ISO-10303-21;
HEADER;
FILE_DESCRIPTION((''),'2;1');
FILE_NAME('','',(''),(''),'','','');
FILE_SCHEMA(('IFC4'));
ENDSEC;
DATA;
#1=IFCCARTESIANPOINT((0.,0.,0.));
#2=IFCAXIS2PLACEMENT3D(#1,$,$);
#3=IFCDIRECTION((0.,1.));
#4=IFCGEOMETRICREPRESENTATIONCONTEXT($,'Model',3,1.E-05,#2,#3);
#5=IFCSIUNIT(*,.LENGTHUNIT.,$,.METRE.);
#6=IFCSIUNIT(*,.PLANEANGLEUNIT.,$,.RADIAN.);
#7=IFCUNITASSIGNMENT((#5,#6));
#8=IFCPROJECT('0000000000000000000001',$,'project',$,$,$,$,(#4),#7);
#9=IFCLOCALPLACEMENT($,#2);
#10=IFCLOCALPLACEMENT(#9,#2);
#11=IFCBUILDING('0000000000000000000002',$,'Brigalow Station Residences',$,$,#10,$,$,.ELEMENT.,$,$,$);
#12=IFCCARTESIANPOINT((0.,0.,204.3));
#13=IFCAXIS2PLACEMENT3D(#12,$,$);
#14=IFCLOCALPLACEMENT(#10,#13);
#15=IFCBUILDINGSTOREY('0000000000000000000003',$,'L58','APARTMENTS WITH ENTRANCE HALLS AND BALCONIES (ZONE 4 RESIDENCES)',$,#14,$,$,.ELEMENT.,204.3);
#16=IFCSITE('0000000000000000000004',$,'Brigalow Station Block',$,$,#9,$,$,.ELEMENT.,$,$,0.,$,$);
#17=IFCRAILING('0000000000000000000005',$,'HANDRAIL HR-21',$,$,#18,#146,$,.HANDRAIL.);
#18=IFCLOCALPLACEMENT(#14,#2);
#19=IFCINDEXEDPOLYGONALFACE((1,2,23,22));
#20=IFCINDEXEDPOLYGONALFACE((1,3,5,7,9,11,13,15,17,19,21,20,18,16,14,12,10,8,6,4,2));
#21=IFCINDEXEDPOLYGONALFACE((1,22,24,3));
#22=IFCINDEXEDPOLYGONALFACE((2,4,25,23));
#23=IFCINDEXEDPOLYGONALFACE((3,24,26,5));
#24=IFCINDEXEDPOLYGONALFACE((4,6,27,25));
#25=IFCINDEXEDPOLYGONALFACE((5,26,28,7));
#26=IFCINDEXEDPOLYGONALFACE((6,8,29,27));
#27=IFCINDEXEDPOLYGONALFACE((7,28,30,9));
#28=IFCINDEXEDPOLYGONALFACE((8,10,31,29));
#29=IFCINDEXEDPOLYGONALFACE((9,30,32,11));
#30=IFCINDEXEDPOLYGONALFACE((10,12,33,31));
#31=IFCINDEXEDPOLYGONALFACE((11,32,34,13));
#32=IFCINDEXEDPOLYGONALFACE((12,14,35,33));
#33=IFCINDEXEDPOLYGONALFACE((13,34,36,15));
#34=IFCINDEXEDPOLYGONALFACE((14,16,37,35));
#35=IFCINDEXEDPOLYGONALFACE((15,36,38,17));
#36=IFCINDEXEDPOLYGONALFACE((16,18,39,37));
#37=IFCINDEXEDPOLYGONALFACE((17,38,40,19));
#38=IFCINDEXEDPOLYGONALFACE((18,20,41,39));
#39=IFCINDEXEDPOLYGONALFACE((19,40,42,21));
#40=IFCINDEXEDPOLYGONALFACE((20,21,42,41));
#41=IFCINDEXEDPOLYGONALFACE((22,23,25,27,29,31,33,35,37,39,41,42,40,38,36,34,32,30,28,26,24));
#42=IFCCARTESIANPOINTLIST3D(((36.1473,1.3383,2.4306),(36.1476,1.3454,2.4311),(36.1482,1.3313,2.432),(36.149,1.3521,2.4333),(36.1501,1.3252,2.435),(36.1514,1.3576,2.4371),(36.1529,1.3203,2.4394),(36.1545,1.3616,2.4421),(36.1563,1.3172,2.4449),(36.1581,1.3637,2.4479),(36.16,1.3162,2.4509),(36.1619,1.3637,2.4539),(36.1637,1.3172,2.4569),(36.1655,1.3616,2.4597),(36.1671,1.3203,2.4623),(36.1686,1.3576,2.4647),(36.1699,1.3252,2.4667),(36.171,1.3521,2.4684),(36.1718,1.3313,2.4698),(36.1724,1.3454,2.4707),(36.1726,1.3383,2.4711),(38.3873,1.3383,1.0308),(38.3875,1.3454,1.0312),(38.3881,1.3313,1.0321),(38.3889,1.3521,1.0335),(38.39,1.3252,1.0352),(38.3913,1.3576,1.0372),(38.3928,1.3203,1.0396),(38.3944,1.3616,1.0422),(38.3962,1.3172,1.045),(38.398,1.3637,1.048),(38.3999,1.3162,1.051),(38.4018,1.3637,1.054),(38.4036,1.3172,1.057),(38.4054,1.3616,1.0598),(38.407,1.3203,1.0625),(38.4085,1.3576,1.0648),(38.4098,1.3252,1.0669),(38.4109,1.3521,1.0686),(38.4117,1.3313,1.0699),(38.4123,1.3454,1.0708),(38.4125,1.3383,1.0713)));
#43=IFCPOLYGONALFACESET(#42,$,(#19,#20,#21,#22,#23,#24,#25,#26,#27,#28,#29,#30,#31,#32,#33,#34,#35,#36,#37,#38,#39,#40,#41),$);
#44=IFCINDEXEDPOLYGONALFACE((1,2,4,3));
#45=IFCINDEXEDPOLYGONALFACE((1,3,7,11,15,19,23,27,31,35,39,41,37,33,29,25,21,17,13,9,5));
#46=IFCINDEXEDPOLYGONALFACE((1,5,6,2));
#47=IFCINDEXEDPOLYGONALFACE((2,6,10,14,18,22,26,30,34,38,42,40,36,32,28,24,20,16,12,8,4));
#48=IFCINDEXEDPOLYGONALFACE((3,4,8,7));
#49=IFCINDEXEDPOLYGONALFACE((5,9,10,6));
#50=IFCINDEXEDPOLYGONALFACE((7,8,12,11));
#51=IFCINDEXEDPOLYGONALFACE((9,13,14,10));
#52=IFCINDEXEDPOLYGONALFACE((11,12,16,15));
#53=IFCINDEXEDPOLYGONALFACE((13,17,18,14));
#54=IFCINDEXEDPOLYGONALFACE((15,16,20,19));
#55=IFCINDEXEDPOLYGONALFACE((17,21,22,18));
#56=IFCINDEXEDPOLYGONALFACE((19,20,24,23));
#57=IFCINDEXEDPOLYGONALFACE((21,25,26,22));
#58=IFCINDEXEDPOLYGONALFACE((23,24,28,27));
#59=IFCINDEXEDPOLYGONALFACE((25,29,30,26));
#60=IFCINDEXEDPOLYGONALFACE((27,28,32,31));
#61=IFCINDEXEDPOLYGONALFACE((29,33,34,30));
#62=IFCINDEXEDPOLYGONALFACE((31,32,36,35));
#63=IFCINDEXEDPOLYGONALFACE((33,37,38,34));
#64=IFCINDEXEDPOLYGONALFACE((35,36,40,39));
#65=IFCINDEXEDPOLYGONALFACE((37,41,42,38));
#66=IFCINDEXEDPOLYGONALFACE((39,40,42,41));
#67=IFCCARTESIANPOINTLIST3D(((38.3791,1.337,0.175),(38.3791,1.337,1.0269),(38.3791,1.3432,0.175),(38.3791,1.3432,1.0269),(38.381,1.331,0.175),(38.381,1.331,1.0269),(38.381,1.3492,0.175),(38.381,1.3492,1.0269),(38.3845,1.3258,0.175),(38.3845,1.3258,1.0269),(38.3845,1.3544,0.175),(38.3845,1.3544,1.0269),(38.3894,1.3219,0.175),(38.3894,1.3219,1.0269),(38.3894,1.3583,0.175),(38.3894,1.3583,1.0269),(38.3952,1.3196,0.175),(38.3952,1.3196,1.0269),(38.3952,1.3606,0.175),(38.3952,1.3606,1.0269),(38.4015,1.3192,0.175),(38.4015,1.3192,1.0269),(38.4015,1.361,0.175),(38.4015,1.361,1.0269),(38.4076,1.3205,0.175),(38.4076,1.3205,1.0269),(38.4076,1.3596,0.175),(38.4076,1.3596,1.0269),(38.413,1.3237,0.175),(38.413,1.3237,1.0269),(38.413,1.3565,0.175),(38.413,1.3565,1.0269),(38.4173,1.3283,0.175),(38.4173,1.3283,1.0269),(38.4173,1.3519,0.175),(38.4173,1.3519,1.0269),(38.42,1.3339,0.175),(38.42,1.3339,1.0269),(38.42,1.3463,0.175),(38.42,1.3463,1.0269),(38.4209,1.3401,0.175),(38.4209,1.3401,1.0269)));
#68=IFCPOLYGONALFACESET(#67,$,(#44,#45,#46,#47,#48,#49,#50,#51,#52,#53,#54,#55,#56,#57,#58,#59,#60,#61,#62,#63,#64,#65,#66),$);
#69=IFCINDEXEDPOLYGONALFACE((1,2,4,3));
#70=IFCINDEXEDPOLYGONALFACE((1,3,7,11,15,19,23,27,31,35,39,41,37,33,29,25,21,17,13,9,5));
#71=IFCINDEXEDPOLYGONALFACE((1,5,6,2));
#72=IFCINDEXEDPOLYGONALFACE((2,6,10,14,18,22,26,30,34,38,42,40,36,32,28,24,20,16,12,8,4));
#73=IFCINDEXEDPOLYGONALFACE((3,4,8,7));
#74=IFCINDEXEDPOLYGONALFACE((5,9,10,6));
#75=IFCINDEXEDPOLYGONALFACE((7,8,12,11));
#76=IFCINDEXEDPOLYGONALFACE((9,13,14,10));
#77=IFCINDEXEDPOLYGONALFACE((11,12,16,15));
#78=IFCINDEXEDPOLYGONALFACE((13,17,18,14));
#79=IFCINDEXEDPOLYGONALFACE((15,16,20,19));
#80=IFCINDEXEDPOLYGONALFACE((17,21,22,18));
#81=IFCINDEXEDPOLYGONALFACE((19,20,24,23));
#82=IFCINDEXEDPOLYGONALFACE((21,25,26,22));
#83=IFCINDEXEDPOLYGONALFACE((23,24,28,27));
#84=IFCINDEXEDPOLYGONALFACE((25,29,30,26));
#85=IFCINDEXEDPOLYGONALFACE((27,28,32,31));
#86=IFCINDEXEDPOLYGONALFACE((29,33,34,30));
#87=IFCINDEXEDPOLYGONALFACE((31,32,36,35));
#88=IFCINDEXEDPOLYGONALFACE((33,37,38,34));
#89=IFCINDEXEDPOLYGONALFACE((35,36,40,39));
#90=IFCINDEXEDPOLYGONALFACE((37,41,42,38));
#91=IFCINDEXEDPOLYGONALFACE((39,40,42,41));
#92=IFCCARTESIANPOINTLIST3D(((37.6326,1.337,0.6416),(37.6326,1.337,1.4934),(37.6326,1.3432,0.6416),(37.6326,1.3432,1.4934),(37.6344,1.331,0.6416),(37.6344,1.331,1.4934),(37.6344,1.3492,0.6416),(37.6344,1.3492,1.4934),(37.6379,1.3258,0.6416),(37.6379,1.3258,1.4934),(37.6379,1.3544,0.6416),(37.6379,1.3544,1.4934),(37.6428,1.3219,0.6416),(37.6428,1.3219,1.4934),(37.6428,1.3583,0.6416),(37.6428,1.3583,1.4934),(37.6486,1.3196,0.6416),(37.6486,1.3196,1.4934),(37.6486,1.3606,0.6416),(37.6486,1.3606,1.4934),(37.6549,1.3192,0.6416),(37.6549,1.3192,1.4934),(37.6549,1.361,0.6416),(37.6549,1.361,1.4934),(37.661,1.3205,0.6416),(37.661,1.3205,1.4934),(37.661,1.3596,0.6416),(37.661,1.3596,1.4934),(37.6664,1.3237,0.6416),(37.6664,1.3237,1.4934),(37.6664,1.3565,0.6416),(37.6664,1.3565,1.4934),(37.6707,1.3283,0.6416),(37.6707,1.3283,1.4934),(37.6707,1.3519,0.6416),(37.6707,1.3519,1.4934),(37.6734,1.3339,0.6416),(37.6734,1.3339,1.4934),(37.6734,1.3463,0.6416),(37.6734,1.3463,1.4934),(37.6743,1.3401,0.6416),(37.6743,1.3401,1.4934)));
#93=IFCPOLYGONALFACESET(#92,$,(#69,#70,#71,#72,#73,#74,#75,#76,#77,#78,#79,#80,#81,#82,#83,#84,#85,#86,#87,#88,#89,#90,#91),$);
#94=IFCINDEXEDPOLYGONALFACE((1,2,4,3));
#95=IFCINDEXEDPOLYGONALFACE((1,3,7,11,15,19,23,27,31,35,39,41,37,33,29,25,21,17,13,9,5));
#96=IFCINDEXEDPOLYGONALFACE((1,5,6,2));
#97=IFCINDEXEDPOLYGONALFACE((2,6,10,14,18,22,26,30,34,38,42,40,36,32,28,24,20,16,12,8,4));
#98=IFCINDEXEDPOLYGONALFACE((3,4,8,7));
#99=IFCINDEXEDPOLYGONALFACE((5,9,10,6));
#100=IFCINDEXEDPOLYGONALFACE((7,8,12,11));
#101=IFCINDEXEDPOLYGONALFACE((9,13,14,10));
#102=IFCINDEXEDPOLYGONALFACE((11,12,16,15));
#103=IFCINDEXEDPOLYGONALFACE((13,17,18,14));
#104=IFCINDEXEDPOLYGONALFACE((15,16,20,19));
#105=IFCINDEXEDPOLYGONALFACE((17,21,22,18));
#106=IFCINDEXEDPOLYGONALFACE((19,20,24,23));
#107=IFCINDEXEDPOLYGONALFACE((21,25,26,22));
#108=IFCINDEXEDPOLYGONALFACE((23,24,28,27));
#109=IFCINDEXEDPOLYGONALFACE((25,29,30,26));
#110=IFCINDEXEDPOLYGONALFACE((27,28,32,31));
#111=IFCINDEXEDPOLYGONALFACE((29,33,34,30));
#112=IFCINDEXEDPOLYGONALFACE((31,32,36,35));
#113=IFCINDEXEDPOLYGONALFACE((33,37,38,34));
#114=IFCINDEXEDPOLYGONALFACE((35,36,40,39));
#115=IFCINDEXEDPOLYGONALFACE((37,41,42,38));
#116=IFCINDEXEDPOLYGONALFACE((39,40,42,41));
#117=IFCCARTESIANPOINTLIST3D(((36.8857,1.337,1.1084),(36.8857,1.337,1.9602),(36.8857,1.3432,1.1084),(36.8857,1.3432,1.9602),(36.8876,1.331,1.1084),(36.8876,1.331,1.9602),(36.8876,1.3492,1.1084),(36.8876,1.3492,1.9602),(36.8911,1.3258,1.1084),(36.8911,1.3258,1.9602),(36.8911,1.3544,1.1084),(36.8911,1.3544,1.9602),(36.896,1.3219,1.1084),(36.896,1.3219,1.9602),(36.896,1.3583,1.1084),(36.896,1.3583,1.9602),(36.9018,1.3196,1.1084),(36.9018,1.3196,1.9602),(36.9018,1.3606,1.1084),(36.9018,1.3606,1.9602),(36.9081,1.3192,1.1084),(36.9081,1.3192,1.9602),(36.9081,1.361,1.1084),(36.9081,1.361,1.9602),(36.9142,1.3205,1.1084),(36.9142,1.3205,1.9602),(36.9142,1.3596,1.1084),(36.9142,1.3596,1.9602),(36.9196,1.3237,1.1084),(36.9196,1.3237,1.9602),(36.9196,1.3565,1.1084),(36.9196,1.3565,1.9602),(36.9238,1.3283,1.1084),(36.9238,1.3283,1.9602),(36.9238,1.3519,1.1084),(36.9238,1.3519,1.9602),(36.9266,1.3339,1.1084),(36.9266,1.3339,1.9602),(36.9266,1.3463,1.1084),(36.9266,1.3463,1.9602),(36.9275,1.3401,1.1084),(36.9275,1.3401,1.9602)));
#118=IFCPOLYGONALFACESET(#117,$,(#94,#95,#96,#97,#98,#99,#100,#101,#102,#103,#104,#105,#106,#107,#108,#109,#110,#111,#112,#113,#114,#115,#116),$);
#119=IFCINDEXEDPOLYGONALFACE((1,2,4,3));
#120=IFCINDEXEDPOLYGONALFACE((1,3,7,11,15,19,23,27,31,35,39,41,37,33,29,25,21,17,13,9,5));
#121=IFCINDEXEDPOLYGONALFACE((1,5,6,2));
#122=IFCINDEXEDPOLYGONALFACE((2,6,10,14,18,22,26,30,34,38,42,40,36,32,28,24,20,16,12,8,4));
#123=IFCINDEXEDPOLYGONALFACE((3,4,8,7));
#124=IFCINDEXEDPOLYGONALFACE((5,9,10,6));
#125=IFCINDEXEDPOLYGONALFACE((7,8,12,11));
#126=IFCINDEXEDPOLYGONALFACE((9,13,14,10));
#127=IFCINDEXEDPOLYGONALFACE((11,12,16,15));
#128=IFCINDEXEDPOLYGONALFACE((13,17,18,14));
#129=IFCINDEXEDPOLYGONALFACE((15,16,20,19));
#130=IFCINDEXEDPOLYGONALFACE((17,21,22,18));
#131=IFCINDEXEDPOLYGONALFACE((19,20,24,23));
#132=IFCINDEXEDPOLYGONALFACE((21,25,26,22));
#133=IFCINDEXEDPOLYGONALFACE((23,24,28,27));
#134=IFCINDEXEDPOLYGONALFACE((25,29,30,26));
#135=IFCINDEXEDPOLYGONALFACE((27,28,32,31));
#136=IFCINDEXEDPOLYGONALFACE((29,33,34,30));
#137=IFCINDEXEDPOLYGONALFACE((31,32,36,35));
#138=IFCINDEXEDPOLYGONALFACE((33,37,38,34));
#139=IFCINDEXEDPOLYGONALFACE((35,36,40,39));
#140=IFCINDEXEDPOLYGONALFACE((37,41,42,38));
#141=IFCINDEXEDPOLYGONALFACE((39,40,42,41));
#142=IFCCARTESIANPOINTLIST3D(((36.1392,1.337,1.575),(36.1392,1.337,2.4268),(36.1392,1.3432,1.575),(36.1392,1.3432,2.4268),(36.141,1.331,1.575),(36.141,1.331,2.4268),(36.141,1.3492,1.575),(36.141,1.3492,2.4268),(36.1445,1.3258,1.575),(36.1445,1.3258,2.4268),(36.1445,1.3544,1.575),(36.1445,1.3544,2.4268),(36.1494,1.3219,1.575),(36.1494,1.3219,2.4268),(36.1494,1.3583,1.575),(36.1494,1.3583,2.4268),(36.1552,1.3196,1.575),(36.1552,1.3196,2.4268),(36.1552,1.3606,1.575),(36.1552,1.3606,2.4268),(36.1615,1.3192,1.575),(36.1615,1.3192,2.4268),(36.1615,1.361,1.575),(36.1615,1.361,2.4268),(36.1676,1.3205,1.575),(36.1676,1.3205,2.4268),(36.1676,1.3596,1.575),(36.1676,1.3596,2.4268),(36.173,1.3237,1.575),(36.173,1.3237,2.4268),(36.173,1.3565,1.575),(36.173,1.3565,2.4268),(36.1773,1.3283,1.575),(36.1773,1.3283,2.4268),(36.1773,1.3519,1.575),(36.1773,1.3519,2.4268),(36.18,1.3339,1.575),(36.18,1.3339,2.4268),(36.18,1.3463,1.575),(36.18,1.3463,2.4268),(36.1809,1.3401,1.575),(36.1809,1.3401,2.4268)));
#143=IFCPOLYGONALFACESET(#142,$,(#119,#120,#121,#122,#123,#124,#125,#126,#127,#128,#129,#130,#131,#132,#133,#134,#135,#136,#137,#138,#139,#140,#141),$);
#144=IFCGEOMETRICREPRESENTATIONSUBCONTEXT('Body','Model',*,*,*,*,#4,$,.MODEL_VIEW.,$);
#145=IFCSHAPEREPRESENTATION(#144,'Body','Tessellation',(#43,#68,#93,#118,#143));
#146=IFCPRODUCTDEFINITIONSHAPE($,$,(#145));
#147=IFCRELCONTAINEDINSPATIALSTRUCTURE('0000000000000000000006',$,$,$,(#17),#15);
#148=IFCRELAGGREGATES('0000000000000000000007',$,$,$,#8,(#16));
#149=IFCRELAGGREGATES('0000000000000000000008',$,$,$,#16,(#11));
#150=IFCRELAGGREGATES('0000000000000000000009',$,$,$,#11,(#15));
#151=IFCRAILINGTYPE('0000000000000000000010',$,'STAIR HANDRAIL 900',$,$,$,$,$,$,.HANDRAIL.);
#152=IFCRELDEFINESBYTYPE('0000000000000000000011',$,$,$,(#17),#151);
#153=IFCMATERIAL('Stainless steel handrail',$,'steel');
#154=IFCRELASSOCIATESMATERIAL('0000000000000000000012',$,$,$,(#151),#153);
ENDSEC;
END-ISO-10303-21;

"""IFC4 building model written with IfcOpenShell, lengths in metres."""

from ifc_helpers import new_model, si_unit, direction, frame, origin, origin_2d, place, context, subcontext, project, spatial, circle, extrude, material, type_object, element, save


model = new_model("IFC4")

# Units and contexts
model_context = context("Model", 3, precision=1e-05, world=origin(), true_north=direction((0.0, 1.0)))
body_context = subcontext(model_context, "Body", "Model", "MODEL_VIEW")
ifc_project = project(units=[si_unit("LENGTHUNIT", "METRE"), si_unit("PLANEANGLEUNIT", "RADIAN")], contexts=[model_context])

# Site, building, storey
site_placement = place(None, origin())
site = spatial("IfcSite", under=ifc_project, at=site_placement, Name="Brigalow Station Block", CompositionType="ELEMENT", RefElevation=0.0)
building_placement = place(site_placement, origin())
building = spatial("IfcBuilding", under=site, at=building_placement, Name="Brigalow Station Residences", CompositionType="ELEMENT")
storey_placement = place(building_placement, frame((0.0, 0.0, 204.3)))
storey = spatial("IfcBuildingStorey", under=building, at=storey_placement, Name="L58", Description="APARTMENTS WITH ENTRANCE HALLS AND BALCONIES (ZONE 4 RESIDENCES)", CompositionType="ELEMENT", Elevation=204.3)

# Railing
ifc_material_1 = material(Name="Stainless steel handrail", Category="steel")
railing_type_1 = type_object("IfcRailingType", Name="STAIR HANDRAIL 900", PredefinedType="HANDRAIL", material=ifc_material_1)
railing_1_placement = place(storey_placement, frame((38.3999, 1.3401, 0.175)))
element("IfcRailing", 1, at=railing_1_placement, inside=storey, type_object=railing_type_1, Name="HANDRAIL HR-21", PredefinedType="HANDRAIL", context=body_context, shape_type="SweptSolid", body=[
    extrude(circle(Radius=0.0239, at=origin_2d()), frame((0.0, 0.0, 0.876), z_axis=(-0.848014, 0.0, 0.529974), x_axis=(0.0, -1.0, 0.0)), (0.0, 0.0, 1.0), 2.6414),
    extrude(circle(Radius=0.021, at=origin_2d()), origin(), (0.0, 0.0, 1.0), 0.8518),
    extrude(circle(Radius=0.021, at=origin_2d()), frame((-0.7466, 0.0, 0.4666)), (0.0, 0.0, 1.0), 0.8518),
    extrude(circle(Radius=0.021, at=origin_2d()), frame((-1.4934, 0.0, 0.9333)), (0.0, 0.0, 1.0), 0.8518),
    extrude(circle(Radius=0.021, at=origin_2d()), frame((-2.24, 0.0, 1.3999)), (0.0, 0.0, 1.0), 0.8518),
])

save(model, "model.ifc")
